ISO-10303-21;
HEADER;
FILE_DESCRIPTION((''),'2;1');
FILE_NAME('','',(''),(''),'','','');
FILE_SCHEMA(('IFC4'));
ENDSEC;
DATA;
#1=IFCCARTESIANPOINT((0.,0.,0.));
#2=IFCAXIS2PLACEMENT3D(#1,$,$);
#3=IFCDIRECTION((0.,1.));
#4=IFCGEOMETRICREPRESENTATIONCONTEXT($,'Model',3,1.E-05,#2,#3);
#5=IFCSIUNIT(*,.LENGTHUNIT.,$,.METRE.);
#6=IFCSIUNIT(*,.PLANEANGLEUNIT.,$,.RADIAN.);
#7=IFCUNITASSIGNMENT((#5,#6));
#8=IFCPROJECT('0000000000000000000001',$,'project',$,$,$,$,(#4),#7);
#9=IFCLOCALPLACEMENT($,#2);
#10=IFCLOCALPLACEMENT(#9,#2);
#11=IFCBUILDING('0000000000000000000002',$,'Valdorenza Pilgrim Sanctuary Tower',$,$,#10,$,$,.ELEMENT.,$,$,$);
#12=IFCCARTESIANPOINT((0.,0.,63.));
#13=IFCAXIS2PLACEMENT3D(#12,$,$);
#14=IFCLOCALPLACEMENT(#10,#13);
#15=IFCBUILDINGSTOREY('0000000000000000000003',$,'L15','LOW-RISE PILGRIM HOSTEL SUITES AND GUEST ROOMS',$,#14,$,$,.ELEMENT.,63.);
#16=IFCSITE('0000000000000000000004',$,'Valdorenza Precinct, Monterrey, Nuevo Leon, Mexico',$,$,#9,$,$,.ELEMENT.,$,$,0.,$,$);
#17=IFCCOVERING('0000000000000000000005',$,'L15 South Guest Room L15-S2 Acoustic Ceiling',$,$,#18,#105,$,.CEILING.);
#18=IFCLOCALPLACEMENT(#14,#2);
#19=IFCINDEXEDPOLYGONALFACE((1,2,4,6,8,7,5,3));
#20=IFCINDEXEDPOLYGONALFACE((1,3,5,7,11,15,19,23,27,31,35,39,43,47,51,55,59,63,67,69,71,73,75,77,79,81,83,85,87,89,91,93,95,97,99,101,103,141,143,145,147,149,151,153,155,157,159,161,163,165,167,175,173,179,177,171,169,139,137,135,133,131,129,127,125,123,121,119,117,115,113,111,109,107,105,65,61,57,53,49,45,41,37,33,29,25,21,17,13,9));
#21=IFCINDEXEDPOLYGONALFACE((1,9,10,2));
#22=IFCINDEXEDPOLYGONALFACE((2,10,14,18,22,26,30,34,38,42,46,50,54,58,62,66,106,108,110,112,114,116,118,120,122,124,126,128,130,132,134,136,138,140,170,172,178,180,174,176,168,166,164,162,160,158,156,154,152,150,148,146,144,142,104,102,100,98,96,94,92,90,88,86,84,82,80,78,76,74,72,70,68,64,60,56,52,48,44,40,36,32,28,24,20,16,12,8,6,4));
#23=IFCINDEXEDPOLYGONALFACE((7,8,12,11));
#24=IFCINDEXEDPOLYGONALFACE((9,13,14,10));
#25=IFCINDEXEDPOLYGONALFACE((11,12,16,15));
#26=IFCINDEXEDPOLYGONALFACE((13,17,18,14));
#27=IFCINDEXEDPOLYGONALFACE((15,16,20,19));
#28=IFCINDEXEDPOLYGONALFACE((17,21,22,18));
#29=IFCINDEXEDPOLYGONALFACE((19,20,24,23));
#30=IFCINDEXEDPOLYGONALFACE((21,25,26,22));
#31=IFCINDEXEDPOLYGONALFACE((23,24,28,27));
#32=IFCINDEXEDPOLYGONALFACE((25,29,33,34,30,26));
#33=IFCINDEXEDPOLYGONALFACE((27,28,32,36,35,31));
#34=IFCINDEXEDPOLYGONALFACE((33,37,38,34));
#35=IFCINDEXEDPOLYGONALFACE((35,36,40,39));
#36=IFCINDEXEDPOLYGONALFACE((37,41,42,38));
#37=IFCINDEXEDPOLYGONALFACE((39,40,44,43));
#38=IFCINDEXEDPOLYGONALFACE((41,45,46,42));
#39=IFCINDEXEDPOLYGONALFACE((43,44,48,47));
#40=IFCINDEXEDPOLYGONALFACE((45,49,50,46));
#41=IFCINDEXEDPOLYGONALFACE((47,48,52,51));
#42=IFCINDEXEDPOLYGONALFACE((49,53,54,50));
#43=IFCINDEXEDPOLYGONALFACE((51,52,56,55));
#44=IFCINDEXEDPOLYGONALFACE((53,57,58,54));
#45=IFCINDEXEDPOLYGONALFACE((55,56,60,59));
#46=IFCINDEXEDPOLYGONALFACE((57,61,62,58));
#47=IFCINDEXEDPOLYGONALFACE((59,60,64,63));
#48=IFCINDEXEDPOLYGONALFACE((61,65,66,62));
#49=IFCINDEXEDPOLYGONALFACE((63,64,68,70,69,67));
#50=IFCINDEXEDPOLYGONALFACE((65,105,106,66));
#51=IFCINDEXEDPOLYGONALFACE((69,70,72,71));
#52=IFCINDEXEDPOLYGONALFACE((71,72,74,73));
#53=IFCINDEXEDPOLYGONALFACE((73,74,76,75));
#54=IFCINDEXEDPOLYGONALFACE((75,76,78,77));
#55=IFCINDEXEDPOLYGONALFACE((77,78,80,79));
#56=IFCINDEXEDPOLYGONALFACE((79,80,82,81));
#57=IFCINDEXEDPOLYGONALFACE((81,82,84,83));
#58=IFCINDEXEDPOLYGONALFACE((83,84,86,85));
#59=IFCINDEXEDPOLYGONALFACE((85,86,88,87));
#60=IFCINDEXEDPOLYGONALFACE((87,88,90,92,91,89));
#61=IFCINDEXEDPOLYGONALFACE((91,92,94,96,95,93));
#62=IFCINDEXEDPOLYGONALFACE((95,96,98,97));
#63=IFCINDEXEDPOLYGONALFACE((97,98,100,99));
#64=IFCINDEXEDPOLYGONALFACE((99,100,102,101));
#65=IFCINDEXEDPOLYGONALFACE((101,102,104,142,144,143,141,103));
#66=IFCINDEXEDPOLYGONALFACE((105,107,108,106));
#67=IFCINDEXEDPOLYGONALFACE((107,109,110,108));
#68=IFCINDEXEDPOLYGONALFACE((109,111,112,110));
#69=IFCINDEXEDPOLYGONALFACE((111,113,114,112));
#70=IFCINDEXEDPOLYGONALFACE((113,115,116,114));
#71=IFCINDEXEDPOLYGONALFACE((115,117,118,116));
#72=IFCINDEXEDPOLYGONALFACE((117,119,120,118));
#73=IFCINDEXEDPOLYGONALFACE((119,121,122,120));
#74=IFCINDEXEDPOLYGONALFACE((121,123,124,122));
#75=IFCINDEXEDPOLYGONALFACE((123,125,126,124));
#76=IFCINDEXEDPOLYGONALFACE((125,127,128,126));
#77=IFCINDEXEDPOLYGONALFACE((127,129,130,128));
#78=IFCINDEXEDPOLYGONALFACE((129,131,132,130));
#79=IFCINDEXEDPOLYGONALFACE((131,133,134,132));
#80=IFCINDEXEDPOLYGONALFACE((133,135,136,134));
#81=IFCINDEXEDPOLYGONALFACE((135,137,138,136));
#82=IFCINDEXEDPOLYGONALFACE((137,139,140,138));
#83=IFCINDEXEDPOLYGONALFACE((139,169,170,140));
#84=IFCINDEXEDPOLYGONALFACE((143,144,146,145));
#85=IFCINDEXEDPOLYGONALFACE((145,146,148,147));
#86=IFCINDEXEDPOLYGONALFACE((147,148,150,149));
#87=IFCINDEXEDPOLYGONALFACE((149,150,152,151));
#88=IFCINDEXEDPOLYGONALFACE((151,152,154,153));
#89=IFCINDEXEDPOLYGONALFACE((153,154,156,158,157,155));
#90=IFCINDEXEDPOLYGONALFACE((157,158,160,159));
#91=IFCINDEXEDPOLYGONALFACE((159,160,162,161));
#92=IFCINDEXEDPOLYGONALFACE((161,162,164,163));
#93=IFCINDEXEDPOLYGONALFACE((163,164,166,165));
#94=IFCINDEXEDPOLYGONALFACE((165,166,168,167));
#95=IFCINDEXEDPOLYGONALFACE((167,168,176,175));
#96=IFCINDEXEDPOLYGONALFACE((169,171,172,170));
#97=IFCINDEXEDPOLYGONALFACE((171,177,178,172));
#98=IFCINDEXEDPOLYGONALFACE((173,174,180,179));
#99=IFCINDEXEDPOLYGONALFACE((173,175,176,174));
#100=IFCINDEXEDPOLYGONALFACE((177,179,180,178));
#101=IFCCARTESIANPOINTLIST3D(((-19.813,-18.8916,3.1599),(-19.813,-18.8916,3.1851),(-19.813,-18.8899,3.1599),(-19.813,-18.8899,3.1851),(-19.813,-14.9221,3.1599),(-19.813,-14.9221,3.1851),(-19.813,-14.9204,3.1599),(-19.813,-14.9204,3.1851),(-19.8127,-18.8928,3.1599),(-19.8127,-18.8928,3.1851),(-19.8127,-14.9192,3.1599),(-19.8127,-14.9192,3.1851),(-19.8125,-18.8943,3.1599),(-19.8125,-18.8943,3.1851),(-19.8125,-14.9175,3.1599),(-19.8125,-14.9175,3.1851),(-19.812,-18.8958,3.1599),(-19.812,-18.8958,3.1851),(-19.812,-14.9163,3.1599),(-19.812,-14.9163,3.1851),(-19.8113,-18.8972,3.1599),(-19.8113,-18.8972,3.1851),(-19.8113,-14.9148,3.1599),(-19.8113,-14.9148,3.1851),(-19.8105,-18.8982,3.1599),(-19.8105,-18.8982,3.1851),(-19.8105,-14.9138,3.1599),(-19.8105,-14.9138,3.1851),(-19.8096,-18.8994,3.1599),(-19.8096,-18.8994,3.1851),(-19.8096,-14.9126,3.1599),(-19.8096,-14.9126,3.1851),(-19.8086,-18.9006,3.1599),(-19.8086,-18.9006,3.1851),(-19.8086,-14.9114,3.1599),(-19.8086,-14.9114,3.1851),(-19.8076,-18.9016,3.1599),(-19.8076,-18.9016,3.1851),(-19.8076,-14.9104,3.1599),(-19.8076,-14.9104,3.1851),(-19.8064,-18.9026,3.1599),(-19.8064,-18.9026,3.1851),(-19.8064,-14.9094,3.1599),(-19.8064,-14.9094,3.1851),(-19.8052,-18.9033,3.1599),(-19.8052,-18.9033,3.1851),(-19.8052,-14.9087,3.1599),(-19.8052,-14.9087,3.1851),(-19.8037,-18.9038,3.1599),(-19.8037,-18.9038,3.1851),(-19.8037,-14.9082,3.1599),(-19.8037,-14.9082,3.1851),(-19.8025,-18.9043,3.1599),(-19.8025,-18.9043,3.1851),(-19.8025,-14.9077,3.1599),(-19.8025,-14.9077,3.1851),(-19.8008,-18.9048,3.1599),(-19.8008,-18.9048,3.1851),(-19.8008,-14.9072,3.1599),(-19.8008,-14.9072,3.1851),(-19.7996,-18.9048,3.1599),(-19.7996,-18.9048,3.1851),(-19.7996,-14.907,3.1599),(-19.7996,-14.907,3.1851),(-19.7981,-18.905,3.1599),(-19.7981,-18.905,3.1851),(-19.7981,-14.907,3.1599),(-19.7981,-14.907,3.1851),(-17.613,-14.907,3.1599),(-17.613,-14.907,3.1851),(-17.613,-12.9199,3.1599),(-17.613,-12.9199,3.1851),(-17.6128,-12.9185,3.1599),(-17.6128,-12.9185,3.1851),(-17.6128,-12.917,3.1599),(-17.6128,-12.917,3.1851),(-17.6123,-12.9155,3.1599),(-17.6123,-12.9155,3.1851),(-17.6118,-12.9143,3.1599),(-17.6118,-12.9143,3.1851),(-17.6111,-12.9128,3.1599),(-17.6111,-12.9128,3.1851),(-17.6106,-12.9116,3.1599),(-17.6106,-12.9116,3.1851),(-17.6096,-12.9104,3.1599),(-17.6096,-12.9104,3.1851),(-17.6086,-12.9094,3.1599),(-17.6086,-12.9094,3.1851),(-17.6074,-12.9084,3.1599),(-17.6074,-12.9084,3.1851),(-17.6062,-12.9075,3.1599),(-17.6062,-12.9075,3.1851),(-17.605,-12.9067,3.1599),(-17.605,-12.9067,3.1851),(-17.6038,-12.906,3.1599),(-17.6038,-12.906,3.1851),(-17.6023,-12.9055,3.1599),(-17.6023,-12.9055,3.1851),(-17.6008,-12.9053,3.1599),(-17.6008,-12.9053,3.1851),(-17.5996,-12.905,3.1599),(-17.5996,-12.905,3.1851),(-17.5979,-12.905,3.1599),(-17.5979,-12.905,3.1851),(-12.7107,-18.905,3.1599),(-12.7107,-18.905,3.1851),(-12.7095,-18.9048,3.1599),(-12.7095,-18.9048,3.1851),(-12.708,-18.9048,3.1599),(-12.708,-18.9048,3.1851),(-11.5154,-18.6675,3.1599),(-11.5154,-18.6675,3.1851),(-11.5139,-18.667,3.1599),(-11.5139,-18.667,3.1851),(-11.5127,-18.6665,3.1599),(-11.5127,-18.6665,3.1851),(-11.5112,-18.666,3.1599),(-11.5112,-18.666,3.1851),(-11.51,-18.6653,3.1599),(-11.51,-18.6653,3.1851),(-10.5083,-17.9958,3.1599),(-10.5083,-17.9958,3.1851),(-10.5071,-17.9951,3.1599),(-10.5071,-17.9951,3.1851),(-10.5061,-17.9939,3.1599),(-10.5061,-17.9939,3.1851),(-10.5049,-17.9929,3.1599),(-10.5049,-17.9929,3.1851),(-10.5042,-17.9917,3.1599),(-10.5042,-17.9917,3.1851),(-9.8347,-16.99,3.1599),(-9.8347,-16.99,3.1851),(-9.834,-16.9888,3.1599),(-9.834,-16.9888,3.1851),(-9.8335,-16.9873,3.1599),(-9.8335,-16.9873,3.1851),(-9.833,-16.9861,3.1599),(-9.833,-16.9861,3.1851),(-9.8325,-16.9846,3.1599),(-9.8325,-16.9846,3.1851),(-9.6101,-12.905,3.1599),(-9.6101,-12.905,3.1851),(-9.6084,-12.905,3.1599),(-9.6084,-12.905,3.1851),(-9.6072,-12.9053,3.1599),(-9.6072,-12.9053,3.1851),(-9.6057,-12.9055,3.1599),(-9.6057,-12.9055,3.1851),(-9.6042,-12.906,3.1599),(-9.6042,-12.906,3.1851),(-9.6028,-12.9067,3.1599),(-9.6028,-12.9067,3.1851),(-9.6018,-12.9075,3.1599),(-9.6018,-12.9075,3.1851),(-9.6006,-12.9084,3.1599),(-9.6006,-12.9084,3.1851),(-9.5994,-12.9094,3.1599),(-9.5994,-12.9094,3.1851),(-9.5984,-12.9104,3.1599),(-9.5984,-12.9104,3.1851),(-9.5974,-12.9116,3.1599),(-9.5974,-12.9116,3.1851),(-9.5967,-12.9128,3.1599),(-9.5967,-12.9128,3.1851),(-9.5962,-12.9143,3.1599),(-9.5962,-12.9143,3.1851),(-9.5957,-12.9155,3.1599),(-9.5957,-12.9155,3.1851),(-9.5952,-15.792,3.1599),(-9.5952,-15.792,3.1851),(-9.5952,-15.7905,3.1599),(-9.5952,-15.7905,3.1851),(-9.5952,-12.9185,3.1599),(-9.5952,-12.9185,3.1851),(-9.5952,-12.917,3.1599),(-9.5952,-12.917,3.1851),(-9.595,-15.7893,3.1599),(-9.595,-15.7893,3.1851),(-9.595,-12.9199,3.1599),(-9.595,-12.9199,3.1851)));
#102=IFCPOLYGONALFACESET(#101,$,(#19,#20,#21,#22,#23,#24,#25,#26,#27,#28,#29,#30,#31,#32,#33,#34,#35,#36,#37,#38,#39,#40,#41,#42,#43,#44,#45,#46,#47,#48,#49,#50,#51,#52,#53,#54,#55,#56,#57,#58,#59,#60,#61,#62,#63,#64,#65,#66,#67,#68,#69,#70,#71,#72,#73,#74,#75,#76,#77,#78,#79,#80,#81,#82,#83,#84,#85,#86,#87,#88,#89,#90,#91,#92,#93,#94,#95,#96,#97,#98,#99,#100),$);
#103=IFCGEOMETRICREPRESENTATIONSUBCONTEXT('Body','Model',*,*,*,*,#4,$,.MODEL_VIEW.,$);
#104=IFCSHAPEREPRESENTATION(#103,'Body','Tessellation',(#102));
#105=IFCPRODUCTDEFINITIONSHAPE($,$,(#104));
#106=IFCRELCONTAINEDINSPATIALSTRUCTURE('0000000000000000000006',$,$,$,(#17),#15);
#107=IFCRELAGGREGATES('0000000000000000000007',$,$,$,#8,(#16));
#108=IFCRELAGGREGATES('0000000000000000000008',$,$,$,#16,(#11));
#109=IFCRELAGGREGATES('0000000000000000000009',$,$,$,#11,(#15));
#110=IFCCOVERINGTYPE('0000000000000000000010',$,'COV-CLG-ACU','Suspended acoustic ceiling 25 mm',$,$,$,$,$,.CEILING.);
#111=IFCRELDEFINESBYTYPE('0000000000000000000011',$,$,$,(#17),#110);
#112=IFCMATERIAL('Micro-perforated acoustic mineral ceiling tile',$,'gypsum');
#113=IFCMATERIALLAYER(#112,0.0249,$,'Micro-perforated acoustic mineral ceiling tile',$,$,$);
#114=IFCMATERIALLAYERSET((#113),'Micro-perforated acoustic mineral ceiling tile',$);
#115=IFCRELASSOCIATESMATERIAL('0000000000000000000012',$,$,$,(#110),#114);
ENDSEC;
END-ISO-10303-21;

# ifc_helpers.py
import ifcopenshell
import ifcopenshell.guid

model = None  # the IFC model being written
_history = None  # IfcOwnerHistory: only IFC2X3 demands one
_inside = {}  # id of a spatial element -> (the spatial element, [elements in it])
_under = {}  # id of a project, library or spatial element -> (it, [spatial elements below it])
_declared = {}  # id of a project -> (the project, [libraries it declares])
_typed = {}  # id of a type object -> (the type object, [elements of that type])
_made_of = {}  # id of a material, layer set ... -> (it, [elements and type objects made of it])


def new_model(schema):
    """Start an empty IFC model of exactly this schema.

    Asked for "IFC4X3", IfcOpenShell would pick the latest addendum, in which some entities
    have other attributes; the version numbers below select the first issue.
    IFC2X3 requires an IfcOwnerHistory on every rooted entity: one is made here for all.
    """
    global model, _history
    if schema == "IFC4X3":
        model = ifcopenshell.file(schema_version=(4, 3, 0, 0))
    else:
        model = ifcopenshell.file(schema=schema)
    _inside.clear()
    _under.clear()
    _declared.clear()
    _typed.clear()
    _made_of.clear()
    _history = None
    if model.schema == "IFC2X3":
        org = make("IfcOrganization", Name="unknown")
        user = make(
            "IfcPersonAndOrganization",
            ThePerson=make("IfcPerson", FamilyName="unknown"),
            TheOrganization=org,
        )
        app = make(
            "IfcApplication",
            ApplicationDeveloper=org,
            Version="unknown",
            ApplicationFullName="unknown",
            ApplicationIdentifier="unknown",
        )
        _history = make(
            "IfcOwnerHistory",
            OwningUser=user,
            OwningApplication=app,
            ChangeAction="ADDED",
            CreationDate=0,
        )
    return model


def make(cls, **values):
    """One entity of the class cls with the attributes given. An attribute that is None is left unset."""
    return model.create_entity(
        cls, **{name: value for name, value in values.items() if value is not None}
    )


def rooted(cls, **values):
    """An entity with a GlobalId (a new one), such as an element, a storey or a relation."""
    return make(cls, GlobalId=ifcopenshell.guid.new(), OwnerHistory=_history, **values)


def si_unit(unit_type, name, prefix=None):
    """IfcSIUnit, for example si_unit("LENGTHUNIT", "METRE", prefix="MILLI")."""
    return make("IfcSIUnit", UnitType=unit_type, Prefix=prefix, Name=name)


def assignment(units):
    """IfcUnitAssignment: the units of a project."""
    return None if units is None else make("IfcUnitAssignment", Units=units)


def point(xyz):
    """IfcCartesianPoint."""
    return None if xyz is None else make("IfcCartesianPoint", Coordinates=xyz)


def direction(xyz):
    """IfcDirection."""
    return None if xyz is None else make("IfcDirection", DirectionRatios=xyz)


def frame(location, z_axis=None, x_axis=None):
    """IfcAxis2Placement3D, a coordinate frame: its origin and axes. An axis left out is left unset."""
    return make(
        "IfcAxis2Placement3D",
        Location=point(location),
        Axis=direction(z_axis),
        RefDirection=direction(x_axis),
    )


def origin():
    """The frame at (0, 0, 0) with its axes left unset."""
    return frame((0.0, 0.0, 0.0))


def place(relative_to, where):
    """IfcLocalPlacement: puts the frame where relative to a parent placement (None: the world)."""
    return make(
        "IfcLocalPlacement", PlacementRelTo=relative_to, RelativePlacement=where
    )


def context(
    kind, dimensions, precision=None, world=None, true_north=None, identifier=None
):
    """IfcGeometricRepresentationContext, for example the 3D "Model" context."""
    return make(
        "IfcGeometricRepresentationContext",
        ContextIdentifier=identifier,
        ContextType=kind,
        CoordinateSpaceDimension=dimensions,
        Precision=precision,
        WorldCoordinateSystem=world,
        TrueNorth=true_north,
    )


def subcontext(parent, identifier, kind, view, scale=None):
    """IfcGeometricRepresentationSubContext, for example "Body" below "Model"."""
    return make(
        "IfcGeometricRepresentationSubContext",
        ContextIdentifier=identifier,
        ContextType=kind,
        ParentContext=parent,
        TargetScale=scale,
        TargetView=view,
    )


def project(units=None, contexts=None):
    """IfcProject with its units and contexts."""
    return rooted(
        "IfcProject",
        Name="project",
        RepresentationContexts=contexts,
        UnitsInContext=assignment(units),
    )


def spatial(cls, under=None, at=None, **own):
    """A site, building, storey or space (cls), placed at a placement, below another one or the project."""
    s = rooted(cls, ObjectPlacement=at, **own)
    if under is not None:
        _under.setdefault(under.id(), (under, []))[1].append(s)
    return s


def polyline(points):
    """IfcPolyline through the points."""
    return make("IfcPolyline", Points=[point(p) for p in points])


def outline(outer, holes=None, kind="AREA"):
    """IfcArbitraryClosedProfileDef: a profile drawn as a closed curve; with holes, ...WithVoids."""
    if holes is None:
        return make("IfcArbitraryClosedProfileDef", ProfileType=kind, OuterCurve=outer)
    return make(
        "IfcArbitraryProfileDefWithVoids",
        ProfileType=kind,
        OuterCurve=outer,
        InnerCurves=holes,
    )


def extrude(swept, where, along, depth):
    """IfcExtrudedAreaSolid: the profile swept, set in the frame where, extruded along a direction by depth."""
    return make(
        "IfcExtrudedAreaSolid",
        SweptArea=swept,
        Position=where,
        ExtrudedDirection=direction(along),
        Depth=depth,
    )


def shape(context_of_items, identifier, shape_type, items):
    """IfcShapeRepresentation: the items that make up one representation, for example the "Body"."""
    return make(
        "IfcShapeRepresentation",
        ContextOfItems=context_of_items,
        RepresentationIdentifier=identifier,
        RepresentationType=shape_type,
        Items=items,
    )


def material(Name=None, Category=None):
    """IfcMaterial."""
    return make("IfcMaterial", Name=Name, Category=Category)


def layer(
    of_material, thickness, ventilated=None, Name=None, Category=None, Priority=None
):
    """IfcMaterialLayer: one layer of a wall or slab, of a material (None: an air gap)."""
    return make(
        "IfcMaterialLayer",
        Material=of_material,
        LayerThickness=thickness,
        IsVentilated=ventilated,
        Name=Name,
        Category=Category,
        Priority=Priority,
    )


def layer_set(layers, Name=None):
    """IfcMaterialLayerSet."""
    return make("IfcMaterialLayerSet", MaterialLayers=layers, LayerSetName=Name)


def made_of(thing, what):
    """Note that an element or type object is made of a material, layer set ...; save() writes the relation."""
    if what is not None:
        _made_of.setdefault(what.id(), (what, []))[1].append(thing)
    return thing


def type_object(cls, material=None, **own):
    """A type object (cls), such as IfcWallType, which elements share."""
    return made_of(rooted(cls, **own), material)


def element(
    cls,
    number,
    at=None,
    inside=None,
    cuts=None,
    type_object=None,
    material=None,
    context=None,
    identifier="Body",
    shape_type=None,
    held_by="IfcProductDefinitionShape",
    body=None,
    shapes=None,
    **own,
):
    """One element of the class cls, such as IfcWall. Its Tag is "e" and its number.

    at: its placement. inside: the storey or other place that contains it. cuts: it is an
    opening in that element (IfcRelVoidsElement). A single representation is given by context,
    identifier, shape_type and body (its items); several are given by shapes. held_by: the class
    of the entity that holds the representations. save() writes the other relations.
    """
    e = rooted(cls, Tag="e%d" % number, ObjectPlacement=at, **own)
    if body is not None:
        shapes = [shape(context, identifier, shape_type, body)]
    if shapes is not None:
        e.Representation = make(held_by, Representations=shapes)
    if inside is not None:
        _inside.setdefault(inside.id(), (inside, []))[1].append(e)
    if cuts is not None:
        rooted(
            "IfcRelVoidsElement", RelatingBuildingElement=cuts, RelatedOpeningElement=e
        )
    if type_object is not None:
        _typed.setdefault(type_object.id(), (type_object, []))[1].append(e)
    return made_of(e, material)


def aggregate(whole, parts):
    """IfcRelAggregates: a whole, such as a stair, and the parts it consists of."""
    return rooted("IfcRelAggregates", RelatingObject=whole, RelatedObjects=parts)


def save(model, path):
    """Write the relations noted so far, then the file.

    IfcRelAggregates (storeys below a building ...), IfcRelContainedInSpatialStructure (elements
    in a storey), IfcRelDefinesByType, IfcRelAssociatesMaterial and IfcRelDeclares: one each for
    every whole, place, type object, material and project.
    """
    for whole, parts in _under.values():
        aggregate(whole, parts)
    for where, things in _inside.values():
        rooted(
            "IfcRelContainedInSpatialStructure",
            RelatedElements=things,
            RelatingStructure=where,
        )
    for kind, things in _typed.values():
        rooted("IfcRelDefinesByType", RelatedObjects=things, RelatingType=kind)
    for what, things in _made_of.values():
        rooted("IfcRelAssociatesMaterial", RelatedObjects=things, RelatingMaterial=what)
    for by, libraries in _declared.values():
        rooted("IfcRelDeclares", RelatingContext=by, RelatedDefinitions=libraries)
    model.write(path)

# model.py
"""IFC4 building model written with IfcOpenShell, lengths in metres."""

from ifc_helpers import new_model, si_unit, direction, frame, origin, place, context, subcontext, project, spatial, polyline, outline, extrude, material, layer, layer_set, type_object, element, save


model = new_model("IFC4")

# Units and contexts
model_context = context("Model", 3, precision=1e-05, world=origin(), true_north=direction((0.0, 1.0)))
body_context = subcontext(model_context, "Body", "Model", "MODEL_VIEW")
ifc_project = project(units=[si_unit("LENGTHUNIT", "METRE"), si_unit("PLANEANGLEUNIT", "RADIAN")], contexts=[model_context])

# Site, building, storey
site_placement = place(None, origin())
site = spatial("IfcSite", under=ifc_project, at=site_placement, Name="Valdorenza Precinct, Monterrey, Nuevo Leon, Mexico", CompositionType="ELEMENT", RefElevation=0.0)
building_placement = place(site_placement, origin())
building = spatial("IfcBuilding", under=site, at=building_placement, Name="Valdorenza Pilgrim Sanctuary Tower", CompositionType="ELEMENT")
storey_placement = place(building_placement, frame((0.0, 0.0, 63.0)))
storey = spatial("IfcBuildingStorey", under=building, at=storey_placement, Name="L15", Description="LOW-RISE PILGRIM HOSTEL SUITES AND GUEST ROOMS", CompositionType="ELEMENT", Elevation=63.0)

# Covering
ifc_material_1 = material(Name="Micro-perforated acoustic mineral ceiling tile", Category="gypsum")
ifc_layer_1 = layer(ifc_material_1, 0.0249, Name="Micro-perforated acoustic mineral ceiling tile")
ifc_layer_set_1 = layer_set([ifc_layer_1], Name="Micro-perforated acoustic mineral ceiling tile")
covering_type_1 = type_object("IfcCoveringType", Name="COV-CLG-ACU", Description="Suspended acoustic ceiling 25 mm", PredefinedType="CEILING", material=ifc_layer_set_1)
covering_1_placement = place(storey_placement, frame((0.0, 0.0, 3.1599)))
element("IfcCovering", 1, at=covering_1_placement, inside=storey, type_object=covering_type_1, Name="L15 South Guest Room L15-S2 Acoustic Ceiling", PredefinedType="CEILING", context=body_context, shape_type="SweptSolid", body=[
    extrude(outline(polyline([(-17.613, -14.907), (-17.613, -12.9199), (-17.6128, -12.9185), (-17.6128, -12.917), (-17.6123, -12.9155), (-17.6118, -12.9143), (-17.6111, -12.9128), (-17.6106, -12.9116), (-17.6096, -12.9104), (-17.6086, -12.9094), (-17.6074, -12.9084), (-17.6062, -12.9075), (-17.605, -12.9067), (-17.6038, -12.906), (-17.6023, -12.9055), (-17.6008, -12.9053), (-17.5996, -12.905), (-17.5979, -12.905), (-9.6101, -12.905), (-9.6084, -12.905), (-9.6072, -12.9053), (-9.6057, -12.9055), (-9.6042, -12.906), (-9.6028, -12.9067), (-9.6018, -12.9075), (-9.6006, -12.9084), (-9.5994, -12.9094), (-9.5984, -12.9104), (-9.5974, -12.9116), (-9.5967, -12.9128), (-9.5962, -12.9143), (-9.5957, -12.9155), (-9.5952, -12.917), (-9.5952, -12.9185), (-9.595, -12.9199), (-9.595, -15.7893), (-9.5952, -15.7905), (-9.5952, -15.792), (-9.8325, -16.9846), (-9.833, -16.9861), (-9.8335, -16.9873), (-9.834, -16.9888), (-9.8347, -16.99), (-10.5042, -17.9917), (-10.5049, -17.9929), (-10.5061, -17.9939), (-10.5071, -17.9951), (-10.5083, -17.9958), (-11.51, -18.6653), (-11.5112, -18.666), (-11.5127, -18.6665), (-11.5139, -18.667), (-11.5154, -18.6675), (-12.708, -18.9048), (-12.7095, -18.9048), (-12.7107, -18.905), (-19.7981, -18.905), (-19.7996, -18.9048), (-19.8008, -18.9048), (-19.8025, -18.9043), (-19.8037, -18.9038), (-19.8052, -18.9033), (-19.8064, -18.9026), (-19.8076, -18.9016), (-19.8086, -18.9006), (-19.8096, -18.8994), (-19.8105, -18.8982), (-19.8113, -18.8972), (-19.812, -18.8958), (-19.8125, -18.8943), (-19.8127, -18.8928), (-19.813, -18.8916), (-19.813, -18.8899), (-19.813, -14.9221), (-19.813, -14.9204), (-19.8127, -14.9192), (-19.8125, -14.9175), (-19.812, -14.9163), (-19.8113, -14.9148), (-19.8105, -14.9138), (-19.8096, -14.9126), (-19.8086, -14.9114), (-19.8076, -14.9104), (-19.8064, -14.9094), (-19.8052, -14.9087), (-19.8037, -14.9082), (-19.8025, -14.9077), (-19.8008, -14.9072), (-19.7996, -14.907), (-19.7981, -14.907), (-17.613, -14.907)])), origin(), (0.0, 0.0, 1.0), 0.0251),
])

save(model, "model.ifc")
